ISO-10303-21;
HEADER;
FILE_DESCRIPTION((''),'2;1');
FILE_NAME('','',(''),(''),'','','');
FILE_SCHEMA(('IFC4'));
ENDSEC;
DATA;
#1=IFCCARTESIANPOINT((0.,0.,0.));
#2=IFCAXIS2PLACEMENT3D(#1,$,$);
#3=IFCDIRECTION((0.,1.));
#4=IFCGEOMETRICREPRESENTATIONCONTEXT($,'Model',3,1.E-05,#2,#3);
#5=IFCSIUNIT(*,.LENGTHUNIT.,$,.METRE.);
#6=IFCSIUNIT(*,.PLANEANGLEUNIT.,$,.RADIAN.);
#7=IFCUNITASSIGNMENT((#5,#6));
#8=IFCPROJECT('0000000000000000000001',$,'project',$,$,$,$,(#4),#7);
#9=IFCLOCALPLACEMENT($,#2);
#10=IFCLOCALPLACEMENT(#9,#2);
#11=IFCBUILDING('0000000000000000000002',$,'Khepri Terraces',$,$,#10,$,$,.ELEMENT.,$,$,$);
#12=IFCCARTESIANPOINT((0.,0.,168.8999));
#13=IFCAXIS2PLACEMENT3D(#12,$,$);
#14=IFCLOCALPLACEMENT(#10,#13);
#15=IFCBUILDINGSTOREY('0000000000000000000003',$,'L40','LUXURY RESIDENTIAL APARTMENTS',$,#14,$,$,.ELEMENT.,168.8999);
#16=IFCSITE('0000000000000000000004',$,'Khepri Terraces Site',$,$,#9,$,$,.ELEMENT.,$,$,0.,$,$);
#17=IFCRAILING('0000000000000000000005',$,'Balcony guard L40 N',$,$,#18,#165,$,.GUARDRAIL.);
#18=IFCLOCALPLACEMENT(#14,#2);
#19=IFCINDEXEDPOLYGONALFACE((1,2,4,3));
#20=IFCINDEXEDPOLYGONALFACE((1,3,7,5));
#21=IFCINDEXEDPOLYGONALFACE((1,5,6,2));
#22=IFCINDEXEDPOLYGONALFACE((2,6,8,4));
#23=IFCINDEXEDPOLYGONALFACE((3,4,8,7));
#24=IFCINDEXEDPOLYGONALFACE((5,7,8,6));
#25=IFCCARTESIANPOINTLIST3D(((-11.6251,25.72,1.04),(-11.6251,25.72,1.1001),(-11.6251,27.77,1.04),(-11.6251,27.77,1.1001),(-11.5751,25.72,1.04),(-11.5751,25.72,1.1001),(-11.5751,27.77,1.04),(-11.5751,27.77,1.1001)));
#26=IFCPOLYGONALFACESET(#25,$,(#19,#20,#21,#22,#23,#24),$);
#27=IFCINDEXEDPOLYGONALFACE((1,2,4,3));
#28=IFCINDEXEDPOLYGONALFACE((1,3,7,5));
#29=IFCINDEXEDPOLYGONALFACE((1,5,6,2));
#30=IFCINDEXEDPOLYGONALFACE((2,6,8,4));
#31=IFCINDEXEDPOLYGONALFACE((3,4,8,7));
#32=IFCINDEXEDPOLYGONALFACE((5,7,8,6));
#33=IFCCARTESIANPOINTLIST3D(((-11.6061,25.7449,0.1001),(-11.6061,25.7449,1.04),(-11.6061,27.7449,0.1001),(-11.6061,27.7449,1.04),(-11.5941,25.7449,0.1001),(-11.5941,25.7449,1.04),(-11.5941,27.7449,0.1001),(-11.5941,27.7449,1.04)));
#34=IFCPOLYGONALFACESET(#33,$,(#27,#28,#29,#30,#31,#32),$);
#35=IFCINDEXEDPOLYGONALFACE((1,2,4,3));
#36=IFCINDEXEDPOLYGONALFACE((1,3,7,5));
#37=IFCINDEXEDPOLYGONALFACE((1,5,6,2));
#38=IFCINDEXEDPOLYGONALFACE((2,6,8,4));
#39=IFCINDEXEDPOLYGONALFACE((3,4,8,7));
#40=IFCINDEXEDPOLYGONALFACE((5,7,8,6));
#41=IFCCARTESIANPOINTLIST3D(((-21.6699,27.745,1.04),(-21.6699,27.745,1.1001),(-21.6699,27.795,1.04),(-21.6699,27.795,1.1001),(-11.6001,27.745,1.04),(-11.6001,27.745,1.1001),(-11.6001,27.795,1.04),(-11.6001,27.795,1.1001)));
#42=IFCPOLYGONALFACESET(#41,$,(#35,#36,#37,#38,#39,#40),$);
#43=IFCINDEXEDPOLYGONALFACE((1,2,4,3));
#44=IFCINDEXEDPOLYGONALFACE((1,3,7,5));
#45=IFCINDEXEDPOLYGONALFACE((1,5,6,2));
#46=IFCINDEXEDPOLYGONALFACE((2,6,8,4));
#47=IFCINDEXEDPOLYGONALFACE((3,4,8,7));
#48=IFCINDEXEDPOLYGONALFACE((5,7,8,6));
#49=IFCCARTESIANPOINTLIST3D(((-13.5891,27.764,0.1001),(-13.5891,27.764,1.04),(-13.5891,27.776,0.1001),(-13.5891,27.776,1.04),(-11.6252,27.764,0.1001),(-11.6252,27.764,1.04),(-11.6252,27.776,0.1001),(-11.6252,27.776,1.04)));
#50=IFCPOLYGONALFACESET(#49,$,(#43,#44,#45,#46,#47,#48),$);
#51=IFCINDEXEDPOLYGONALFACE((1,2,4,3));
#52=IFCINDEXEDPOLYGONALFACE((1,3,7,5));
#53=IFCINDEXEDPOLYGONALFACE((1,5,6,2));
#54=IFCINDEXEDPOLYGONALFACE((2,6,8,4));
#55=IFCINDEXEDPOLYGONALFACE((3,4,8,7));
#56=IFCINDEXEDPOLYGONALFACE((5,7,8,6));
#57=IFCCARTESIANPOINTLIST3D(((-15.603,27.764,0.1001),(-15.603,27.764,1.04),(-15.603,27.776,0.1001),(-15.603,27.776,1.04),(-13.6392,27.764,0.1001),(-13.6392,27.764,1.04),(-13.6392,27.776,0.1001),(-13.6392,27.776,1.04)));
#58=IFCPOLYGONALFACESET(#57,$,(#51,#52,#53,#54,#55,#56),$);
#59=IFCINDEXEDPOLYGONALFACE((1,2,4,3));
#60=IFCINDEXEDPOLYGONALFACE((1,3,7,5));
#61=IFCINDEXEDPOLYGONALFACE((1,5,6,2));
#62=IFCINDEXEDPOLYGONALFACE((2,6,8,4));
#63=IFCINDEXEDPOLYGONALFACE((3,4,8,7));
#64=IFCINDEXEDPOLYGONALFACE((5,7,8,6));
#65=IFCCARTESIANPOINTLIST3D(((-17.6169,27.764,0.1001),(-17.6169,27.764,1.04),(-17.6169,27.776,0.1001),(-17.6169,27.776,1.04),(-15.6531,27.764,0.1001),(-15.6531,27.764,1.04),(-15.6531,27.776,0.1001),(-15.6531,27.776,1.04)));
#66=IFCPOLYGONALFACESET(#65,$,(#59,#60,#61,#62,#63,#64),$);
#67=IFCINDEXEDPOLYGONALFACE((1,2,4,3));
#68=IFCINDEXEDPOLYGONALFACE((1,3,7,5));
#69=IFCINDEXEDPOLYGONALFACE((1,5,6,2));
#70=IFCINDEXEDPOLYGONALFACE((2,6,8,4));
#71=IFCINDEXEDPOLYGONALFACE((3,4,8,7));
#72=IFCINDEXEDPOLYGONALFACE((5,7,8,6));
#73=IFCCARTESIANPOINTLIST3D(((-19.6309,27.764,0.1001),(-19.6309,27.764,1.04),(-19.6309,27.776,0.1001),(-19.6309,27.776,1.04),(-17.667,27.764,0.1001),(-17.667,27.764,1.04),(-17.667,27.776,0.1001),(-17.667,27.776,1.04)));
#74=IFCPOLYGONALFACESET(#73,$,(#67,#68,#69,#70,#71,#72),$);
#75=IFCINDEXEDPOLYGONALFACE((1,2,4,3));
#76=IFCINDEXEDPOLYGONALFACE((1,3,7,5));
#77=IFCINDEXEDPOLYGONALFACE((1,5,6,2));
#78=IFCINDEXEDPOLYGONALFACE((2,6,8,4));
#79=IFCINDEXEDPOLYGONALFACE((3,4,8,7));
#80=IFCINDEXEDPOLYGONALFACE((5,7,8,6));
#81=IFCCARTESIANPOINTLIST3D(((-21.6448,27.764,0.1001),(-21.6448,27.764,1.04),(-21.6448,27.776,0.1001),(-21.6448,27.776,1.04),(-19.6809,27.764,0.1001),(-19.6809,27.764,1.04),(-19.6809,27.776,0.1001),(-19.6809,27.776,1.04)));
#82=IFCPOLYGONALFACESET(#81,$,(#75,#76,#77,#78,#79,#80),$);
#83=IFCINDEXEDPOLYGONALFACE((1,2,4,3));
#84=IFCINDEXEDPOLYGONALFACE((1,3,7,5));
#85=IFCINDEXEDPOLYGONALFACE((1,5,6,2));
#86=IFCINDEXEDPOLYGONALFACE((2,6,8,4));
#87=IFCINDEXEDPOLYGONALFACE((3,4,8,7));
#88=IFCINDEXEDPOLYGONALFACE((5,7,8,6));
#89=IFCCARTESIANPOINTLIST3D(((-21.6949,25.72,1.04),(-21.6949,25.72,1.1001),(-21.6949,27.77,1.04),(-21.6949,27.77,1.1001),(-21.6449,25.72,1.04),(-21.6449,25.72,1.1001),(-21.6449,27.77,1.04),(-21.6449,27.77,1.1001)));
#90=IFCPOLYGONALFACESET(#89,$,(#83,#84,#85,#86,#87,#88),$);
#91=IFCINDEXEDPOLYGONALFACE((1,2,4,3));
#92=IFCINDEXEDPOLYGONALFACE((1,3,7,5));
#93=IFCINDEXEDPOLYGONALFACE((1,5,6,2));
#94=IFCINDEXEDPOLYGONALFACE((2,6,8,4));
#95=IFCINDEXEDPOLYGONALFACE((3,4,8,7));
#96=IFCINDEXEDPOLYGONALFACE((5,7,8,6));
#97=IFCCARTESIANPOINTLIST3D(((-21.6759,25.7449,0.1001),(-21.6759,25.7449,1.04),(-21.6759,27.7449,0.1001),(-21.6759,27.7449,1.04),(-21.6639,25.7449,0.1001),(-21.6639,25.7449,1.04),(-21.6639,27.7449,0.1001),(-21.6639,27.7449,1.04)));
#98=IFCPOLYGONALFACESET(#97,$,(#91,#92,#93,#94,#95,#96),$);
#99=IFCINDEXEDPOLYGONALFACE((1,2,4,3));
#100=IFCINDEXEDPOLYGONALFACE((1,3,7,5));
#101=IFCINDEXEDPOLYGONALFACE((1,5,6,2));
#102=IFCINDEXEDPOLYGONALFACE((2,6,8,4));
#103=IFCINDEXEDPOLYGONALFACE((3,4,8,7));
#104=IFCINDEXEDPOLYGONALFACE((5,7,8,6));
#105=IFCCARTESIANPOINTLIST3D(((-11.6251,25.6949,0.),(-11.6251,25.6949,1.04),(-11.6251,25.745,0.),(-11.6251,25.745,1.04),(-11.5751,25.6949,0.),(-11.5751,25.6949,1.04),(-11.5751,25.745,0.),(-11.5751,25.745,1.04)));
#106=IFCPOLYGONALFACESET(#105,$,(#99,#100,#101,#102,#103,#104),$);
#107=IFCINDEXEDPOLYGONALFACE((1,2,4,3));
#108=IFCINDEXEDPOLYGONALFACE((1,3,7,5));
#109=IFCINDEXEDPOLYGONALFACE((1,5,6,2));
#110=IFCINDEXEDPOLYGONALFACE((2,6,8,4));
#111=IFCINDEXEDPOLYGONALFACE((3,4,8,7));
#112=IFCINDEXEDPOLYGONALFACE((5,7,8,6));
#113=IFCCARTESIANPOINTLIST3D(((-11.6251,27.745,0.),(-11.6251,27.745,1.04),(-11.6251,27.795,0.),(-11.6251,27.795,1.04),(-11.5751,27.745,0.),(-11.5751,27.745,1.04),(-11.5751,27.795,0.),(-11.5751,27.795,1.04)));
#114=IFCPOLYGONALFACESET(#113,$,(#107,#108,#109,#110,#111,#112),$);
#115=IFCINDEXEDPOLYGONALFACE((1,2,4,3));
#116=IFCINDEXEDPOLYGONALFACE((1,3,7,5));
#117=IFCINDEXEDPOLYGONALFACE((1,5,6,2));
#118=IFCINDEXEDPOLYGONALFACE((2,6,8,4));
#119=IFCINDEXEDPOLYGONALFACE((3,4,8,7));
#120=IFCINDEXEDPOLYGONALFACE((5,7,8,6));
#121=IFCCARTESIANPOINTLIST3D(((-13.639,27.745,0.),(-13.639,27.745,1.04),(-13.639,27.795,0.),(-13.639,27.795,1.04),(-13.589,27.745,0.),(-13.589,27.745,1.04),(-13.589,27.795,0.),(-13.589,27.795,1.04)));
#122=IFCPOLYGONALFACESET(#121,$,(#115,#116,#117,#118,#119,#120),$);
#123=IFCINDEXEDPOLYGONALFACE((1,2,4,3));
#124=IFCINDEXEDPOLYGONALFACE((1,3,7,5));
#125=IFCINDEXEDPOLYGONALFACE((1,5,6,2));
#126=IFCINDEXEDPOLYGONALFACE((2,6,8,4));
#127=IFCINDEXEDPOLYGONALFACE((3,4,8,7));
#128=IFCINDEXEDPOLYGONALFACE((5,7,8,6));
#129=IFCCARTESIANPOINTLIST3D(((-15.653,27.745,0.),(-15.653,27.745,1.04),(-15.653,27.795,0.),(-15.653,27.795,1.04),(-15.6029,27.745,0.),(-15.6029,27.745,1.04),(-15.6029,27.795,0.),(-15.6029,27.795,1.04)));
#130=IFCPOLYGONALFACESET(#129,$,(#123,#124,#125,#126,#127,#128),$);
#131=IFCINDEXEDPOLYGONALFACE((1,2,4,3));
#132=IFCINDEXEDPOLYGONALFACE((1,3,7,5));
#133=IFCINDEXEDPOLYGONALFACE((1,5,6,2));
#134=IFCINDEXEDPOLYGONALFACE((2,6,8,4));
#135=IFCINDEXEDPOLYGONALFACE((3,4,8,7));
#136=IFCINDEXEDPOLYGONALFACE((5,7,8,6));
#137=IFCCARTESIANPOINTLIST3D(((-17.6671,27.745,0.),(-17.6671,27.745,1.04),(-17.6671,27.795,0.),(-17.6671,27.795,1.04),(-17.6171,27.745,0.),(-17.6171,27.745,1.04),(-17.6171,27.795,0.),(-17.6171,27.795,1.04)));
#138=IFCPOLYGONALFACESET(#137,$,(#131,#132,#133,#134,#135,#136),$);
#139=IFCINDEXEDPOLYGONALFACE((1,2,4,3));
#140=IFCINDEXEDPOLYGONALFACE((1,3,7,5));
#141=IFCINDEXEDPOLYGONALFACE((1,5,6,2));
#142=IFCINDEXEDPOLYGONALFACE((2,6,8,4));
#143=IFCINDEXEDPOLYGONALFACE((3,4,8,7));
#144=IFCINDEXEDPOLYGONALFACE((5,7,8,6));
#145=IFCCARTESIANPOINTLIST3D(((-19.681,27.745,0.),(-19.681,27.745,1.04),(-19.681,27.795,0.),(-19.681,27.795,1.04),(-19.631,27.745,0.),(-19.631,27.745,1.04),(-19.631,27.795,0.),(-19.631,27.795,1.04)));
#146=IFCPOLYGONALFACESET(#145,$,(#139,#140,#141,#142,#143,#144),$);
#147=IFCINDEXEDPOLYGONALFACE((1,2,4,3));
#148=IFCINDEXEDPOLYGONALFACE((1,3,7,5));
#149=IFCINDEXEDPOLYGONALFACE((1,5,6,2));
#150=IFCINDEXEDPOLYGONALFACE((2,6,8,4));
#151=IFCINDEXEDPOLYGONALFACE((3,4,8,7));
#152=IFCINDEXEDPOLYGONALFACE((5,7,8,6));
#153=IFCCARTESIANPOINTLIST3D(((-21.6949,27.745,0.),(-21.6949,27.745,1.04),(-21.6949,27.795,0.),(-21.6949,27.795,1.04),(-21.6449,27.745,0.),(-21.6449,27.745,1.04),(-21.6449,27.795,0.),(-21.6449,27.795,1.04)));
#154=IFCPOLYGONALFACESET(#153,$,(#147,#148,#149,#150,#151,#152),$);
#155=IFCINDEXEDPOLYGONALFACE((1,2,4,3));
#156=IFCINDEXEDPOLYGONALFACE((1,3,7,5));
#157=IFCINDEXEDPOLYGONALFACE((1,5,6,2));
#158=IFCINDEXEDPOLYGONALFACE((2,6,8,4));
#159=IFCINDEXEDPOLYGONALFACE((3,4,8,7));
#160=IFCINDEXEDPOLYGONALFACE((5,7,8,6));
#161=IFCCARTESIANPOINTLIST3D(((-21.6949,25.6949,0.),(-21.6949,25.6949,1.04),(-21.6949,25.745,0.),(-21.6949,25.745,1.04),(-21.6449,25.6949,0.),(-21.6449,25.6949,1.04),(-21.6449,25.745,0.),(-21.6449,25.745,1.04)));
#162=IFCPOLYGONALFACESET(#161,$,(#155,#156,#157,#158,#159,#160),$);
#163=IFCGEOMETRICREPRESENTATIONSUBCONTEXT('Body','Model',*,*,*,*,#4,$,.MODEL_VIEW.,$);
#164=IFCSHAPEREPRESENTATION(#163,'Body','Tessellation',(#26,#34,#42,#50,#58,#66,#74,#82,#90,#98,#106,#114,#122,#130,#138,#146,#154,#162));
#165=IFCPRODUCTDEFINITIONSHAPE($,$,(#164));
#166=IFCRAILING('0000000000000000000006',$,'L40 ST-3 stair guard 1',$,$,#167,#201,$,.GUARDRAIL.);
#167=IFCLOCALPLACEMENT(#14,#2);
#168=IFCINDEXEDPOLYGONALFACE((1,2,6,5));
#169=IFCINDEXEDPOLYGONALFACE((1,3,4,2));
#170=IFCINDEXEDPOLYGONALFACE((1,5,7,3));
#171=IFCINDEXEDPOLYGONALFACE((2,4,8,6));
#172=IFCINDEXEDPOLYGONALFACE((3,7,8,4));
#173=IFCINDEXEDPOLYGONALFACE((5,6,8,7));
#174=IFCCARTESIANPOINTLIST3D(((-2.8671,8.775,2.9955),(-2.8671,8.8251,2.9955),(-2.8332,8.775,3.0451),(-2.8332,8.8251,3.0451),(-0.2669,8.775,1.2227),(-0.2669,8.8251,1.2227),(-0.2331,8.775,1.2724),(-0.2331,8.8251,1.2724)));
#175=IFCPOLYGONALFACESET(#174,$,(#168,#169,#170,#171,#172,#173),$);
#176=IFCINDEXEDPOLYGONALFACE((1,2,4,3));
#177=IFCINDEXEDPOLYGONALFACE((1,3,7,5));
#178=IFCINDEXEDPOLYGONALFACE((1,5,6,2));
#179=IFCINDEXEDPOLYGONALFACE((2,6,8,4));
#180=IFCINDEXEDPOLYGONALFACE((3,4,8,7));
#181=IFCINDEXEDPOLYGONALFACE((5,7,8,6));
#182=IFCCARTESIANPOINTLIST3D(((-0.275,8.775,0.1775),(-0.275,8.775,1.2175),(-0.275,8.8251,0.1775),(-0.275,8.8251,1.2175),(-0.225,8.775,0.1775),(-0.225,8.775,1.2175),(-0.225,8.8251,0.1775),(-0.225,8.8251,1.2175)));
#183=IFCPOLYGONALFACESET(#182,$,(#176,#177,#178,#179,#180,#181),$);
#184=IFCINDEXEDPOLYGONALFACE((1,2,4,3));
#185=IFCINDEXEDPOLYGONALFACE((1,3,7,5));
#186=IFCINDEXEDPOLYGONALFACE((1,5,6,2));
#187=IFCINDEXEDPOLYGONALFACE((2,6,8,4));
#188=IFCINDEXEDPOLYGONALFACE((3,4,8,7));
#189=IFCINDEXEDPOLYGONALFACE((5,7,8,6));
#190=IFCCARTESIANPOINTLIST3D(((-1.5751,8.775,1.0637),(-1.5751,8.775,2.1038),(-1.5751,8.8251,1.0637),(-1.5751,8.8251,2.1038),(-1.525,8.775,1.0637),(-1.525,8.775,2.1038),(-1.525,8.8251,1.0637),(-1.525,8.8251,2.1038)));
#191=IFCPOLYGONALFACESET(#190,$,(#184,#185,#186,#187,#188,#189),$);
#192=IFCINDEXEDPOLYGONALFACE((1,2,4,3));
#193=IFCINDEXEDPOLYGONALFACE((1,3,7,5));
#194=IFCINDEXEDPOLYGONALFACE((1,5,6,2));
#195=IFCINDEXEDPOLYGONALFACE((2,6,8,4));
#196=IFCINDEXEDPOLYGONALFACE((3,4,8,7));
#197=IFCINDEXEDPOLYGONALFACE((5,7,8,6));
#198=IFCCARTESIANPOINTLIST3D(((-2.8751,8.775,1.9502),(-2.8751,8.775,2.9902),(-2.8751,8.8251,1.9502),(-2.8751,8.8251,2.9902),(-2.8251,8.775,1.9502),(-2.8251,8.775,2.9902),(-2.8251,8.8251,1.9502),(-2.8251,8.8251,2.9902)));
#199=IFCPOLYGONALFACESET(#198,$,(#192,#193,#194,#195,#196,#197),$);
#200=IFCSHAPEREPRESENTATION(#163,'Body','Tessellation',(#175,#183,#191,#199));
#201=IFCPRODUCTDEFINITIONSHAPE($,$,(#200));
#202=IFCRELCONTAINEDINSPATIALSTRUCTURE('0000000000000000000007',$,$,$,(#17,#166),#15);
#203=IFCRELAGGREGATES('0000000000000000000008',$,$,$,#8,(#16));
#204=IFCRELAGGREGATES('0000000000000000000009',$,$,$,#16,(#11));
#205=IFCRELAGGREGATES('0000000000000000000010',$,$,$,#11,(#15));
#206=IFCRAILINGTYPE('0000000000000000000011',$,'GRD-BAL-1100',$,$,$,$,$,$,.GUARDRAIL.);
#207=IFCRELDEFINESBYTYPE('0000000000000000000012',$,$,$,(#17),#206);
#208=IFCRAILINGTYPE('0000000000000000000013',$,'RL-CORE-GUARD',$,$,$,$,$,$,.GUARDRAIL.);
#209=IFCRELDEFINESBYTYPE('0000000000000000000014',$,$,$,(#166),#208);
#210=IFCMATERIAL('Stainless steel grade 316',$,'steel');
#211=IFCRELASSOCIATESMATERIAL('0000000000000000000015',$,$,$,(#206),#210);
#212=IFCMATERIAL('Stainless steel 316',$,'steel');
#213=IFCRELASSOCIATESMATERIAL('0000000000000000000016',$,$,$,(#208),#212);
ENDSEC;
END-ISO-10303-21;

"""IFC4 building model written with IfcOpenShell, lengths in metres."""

from ifc_helpers import new_model, si_unit, direction, frame, origin, origin_2d, place, context, subcontext, project, spatial, rectangle, extrude, material, type_object, element, save


model = new_model("IFC4")

# Units and contexts
model_context = context("Model", 3, precision=1e-05, world=origin(), true_north=direction((0.0, 1.0)))
body_context = subcontext(model_context, "Body", "Model", "MODEL_VIEW")
ifc_project = project(units=[si_unit("LENGTHUNIT", "METRE"), si_unit("PLANEANGLEUNIT", "RADIAN")], contexts=[model_context])

# Site, building, storey
site_placement = place(None, origin())
site = spatial("IfcSite", under=ifc_project, at=site_placement, Name="Khepri Terraces Site", CompositionType="ELEMENT", RefElevation=0.0)
building_placement = place(site_placement, origin())
building = spatial("IfcBuilding", under=site, at=building_placement, Name="Khepri Terraces", CompositionType="ELEMENT")
storey_placement = place(building_placement, frame((0.0, 0.0, 168.8999)))
storey = spatial("IfcBuildingStorey", under=building, at=storey_placement, Name="L40", Description="LUXURY RESIDENTIAL APARTMENTS", CompositionType="ELEMENT", Elevation=168.8999)

# Railings
ifc_material_1 = material(Name="Stainless steel grade 316", Category="steel")
railing_type_1 = type_object("IfcRailingType", Name="GRD-BAL-1100", PredefinedType="GUARDRAIL", material=ifc_material_1)
railing_1_placement = place(storey_placement, frame((-11.6001, 25.72, 0.0)))
element("IfcRailing", 1, at=railing_1_placement, inside=storey, type_object=railing_type_1, Name="Balcony guard L40 N", PredefinedType="GUARDRAIL", context=body_context, shape_type="SweptSolid", body=[
    extrude(rectangle(XDim=0.05, YDim=0.0601, at=origin_2d()), frame((0.0, 0.0, 1.0701), z_axis=(0.0, 1.0, 0.0), x_axis=(-1.0, 0.0, 0.0)), (0.0, 0.0, 1.0), 2.05),
    extrude(rectangle(XDim=2.0, YDim=0.012, at=origin_2d()), frame((0.0, 1.0249, 0.1001), z_axis=(0.0, 0.0, 1.0), x_axis=(0.0, 1.0, 0.0)), (0.0, 0.0, 1.0), 0.9399),
    extrude(rectangle(XDim=0.05, YDim=0.0601, at=origin_2d()), frame((0.0, 2.05, 1.0701), z_axis=(-1.0, 0.0, 0.0), x_axis=(0.0, -1.0, 0.0)), (0.0, 0.0, 1.0), 10.0698),
    extrude(rectangle(XDim=1.9639, YDim=0.012, at=origin_2d()), frame((-1.0071, 2.05, 0.1001), z_axis=(0.0, 0.0, 1.0), x_axis=(-1.0, 0.0, 0.0)), (0.0, 0.0, 1.0), 0.9399),
    extrude(rectangle(XDim=1.9639, YDim=0.012, at=origin_2d()), frame((-3.021, 2.05, 0.1001), z_axis=(0.0, 0.0, 1.0), x_axis=(-1.0, 0.0, 0.0)), (0.0, 0.0, 1.0), 0.9399),
    extrude(rectangle(XDim=1.9639, YDim=0.012, at=origin_2d()), frame((-5.0349, 2.05, 0.1001), z_axis=(0.0, 0.0, 1.0), x_axis=(-1.0, 0.0, 0.0)), (0.0, 0.0, 1.0), 0.9399),
    extrude(rectangle(XDim=1.9639, YDim=0.012, at=origin_2d()), frame((-7.0488, 2.05, 0.1001), z_axis=(0.0, 0.0, 1.0), x_axis=(-1.0, 0.0, 0.0)), (0.0, 0.0, 1.0), 0.9399),
    extrude(rectangle(XDim=1.9639, YDim=0.012, at=origin_2d()), frame((-9.0627, 2.05, 0.1001), z_axis=(0.0, 0.0, 1.0), x_axis=(-1.0, 0.0, 0.0)), (0.0, 0.0, 1.0), 0.9399),
    extrude(rectangle(XDim=0.05, YDim=0.0601, at=origin_2d()), frame((-10.0698, 2.05, 1.0701), z_axis=(0.0, -1.0, 0.0), x_axis=(1.0, 0.0, 0.0)), (0.0, 0.0, 1.0), 2.05),
    extrude(rectangle(XDim=2.0, YDim=0.012, at=origin_2d()), frame((-10.0698, 1.0249, 0.1001), z_axis=(0.0, 0.0, 1.0), x_axis=(0.0, -1.0, 0.0)), (0.0, 0.0, 1.0), 0.9399),
    extrude(rectangle(XDim=0.05, YDim=0.05, at=origin_2d()), origin(), (0.0, 0.0, 1.0), 1.04),
    extrude(rectangle(XDim=0.05, YDim=0.05, at=origin_2d()), frame((0.0, 2.05, 0.0)), (0.0, 0.0, 1.0), 1.04),
    extrude(rectangle(XDim=0.05, YDim=0.05, at=origin_2d()), frame((-2.0139, 2.05, 0.0)), (0.0, 0.0, 1.0), 1.04),
    extrude(rectangle(XDim=0.05, YDim=0.05, at=origin_2d()), frame((-4.0278, 2.05, 0.0)), (0.0, 0.0, 1.0), 1.04),
    extrude(rectangle(XDim=0.05, YDim=0.05, at=origin_2d()), frame((-6.042, 2.05, 0.0)), (0.0, 0.0, 1.0), 1.04),
    extrude(rectangle(XDim=0.05, YDim=0.05, at=origin_2d()), frame((-8.0559, 2.05, 0.0)), (0.0, 0.0, 1.0), 1.04),
    extrude(rectangle(XDim=0.05, YDim=0.05, at=origin_2d()), frame((-10.0698, 2.05, 0.0)), (0.0, 0.0, 1.0), 1.04),
    extrude(rectangle(XDim=0.05, YDim=0.05, at=origin_2d()), frame((-10.0698, 0.0, 0.0)), (0.0, 0.0, 1.0), 1.04),
])
ifc_material_2 = material(Name="Stainless steel 316", Category="steel")
railing_type_2 = type_object("IfcRailingType", Name="RL-CORE-GUARD", PredefinedType="GUARDRAIL", material=ifc_material_2)
railing_2_placement = place(storey_placement, frame((-0.25, 8.8, 0.1775)))
element("IfcRailing", 2, at=railing_2_placement, inside=storey, type_object=railing_type_2, Name="L40 ST-3 stair guard 1", PredefinedType="GUARDRAIL", context=body_context, shape_type="SweptSolid", body=[
    extrude(rectangle(XDim=0.05, YDim=0.0601, at=origin_2d()), frame((0.0, 0.0, 1.0701), z_axis=(-0.82624, 0.0, 0.563318), x_axis=(0.0, -1.0, 0.0)), (0.0, 0.0, 1.0), 3.147),
    extrude(rectangle(XDim=0.05, YDim=0.05, at=origin_2d()), origin(), (0.0, 0.0, 1.0), 1.04),
    extrude(rectangle(XDim=0.05, YDim=0.05, at=origin_2d()), frame((-1.3, 0.0, 0.8862)), (0.0, 0.0, 1.0), 1.04),
    extrude(rectangle(XDim=0.05, YDim=0.05, at=origin_2d()), frame((-2.6001, 0.0, 1.7727)), (0.0, 0.0, 1.0), 1.04),
])

save(model, "model.ifc")
